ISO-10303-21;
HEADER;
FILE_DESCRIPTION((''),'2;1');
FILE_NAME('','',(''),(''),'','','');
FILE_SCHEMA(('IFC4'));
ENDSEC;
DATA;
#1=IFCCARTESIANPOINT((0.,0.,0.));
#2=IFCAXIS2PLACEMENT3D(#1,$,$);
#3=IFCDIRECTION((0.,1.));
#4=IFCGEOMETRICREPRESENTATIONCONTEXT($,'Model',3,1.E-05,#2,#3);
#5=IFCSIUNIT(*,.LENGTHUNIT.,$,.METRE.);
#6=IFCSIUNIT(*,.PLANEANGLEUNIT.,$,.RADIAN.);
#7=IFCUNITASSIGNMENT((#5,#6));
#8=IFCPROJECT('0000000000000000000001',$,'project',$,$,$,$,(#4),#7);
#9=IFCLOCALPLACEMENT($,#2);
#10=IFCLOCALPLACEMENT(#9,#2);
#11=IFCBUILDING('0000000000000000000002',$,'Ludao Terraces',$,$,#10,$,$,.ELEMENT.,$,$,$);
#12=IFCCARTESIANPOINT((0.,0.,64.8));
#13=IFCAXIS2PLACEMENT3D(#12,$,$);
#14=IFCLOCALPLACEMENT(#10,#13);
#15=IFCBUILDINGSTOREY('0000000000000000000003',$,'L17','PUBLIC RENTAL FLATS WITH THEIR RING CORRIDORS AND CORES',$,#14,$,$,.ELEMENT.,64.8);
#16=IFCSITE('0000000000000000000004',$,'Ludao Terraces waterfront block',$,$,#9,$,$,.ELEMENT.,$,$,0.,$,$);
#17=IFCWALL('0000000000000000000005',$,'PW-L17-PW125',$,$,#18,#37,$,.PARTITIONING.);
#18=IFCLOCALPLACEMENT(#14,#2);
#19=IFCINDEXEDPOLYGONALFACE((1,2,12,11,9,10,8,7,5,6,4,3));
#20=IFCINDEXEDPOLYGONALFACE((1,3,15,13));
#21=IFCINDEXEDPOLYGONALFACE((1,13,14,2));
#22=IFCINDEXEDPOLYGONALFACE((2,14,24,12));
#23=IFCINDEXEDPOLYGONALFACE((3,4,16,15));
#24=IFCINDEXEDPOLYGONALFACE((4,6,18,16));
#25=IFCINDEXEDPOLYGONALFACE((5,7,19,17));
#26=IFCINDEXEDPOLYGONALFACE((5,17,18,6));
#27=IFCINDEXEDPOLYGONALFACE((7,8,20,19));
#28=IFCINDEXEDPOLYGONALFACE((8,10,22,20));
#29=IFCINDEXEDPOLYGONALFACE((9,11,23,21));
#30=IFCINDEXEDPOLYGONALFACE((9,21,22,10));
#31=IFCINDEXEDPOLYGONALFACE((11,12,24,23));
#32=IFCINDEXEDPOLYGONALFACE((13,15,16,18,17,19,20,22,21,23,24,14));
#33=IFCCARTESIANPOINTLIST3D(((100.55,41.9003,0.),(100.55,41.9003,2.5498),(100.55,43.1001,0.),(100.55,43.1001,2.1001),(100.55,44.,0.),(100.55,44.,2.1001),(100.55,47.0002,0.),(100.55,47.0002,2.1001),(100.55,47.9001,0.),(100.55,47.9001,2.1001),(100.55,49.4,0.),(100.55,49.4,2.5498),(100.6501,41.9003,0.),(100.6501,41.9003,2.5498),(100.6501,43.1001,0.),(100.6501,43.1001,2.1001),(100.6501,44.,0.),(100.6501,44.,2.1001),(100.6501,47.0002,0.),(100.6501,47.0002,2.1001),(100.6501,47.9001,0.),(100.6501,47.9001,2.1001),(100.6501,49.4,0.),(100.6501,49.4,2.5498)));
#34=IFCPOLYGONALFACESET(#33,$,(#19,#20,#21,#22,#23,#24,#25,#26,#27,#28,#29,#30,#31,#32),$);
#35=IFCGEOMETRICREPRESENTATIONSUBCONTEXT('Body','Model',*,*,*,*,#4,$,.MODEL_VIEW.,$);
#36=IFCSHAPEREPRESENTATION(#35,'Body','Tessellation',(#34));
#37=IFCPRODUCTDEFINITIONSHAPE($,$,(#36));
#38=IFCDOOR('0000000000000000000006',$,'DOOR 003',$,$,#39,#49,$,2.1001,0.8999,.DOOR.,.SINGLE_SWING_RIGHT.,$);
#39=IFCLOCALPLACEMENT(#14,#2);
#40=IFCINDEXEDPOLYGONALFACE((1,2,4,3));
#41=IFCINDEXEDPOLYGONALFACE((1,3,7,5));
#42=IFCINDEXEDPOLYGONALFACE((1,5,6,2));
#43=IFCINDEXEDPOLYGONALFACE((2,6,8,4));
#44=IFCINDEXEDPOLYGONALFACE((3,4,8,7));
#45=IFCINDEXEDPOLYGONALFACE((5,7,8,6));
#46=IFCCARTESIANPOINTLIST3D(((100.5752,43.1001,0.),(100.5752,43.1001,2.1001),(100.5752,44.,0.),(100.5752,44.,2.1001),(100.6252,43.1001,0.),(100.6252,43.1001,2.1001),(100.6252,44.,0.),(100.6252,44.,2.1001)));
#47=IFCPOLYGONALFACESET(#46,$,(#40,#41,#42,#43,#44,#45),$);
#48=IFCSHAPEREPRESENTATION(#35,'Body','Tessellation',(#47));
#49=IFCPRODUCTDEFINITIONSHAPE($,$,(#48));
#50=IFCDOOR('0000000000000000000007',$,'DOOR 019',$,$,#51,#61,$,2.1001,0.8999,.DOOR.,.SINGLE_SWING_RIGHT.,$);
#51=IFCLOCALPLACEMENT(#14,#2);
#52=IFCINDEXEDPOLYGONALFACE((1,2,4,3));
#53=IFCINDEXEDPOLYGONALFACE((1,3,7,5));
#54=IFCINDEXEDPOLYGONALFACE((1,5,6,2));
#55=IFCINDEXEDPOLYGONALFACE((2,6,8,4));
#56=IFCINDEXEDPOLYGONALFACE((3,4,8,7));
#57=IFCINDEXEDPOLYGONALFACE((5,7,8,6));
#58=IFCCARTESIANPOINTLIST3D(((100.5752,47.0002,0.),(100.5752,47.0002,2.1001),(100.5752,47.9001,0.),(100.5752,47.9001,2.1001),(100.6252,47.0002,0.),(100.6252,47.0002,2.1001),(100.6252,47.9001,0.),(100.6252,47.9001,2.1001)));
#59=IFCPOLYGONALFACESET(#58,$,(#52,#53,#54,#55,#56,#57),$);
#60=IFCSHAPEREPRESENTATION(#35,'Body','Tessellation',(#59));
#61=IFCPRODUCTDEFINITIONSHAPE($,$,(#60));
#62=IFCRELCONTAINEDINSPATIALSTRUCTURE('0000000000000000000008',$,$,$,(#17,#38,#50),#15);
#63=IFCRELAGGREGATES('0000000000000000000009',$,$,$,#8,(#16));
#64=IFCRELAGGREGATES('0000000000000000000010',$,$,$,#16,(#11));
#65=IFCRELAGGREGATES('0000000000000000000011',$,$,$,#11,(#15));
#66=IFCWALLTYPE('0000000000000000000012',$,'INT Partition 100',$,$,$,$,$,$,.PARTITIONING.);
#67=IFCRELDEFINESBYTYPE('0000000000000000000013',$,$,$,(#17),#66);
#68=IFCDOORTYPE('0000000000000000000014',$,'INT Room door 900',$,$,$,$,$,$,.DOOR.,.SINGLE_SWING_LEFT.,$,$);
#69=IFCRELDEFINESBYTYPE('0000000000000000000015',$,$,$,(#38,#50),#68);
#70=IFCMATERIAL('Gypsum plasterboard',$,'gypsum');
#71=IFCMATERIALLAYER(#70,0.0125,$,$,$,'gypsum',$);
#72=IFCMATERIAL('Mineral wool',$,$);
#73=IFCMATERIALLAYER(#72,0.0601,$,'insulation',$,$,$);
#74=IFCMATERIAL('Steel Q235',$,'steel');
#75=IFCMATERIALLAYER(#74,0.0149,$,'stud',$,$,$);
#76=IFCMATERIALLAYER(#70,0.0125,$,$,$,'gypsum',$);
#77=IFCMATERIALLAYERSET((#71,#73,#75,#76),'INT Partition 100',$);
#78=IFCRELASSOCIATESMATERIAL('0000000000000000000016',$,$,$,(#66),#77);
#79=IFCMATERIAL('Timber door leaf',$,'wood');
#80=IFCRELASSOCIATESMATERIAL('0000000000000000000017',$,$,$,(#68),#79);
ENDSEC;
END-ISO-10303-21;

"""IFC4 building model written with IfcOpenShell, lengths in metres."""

from ifc_helpers import new_model, si_unit, direction, frame, frame_2d, origin, place, context, subcontext, project, spatial, rectangle, extrude, material, layer, layer_set, type_object, element, fill, save


model = new_model("IFC4")

# Units and contexts
model_context = context("Model", 3, precision=1e-05, world=origin(), true_north=direction((0.0, 1.0)))
body_context = subcontext(model_context, "Body", "Model", "MODEL_VIEW")
ifc_project = project(units=[si_unit("LENGTHUNIT", "METRE"), si_unit("PLANEANGLEUNIT", "RADIAN")], contexts=[model_context])

# Site, building, storey
site_placement = place(None, origin())
site = spatial("IfcSite", under=ifc_project, at=site_placement, Name="Ludao Terraces waterfront block", CompositionType="ELEMENT", RefElevation=0.0)
building_placement = place(site_placement, origin())
building = spatial("IfcBuilding", under=site, at=building_placement, Name="Ludao Terraces", CompositionType="ELEMENT")
storey_placement = place(building_placement, frame((0.0, 0.0, 64.8)))
storey = spatial("IfcBuildingStorey", under=building, at=storey_placement, Name="L17", Description="PUBLIC RENTAL FLATS WITH THEIR RING CORRIDORS AND CORES", CompositionType="ELEMENT", Elevation=64.8)

# Shared definitions
ifc_material_1 = material(Name="Gypsum plasterboard", Category="gypsum")
ifc_layer_1 = layer(ifc_material_1, 0.0125, Category="gypsum")
ifc_material_2 = material(Name="Mineral wool")
ifc_layer_2 = layer(ifc_material_2, 0.0601, Name="insulation")
ifc_material_3 = material(Name="Steel Q235", Category="steel")
ifc_layer_3 = layer(ifc_material_3, 0.0149, Name="stud")
ifc_layer_4 = layer(ifc_material_1, 0.0125, Category="gypsum")
ifc_layer_set = layer_set([ifc_layer_1, ifc_layer_2, ifc_layer_3, ifc_layer_4], Name="INT Partition 100")
wall_type = type_object("IfcWallType", Name="INT Partition 100", PredefinedType="PARTITIONING", material=ifc_layer_set)

# Wall, openings, doors
ifc_material_4 = material(Name="Timber door leaf", Category="wood")
wall_1_placement = place(storey_placement, frame((100.6001, 41.9001, 0.0), z_axis=(0.0, 0.0, 1.0), x_axis=(0.0, 1.0, 0.0)))
wall_1 = element("IfcWall", 1, at=wall_1_placement, inside=storey, type_object=wall_type, Name="PW-L17-PW125", PredefinedType="PARTITIONING", context=body_context, shape_type="SweptSolid", body=[
    extrude(rectangle(XDim=7.4998, YDim=0.1001, at=frame_2d((3.75, 0.0))), origin(), (0.0, 0.0, 1.0), 2.5498),
])
opening_1_placement = place(wall_1_placement, frame((1.2, 0.0, 0.0)))
opening_1 = element("IfcOpeningElement", 2, at=opening_1_placement, cuts=wall_1, PredefinedType="OPENING", context=body_context, shape_type="SweptSolid", body=[
    extrude(rectangle(XDim=0.8999, YDim=2.1001, at=frame_2d((0.45, 1.05))), frame((0.0, 0.0601, 0.0), z_axis=(0.0, -1.0, 0.0), x_axis=(1.0, 0.0, 0.0)), (0.0, 0.0, 1.0), 0.1201),
])
opening_2_placement = place(wall_1_placement, frame((5.1001, 0.0, 0.0)))
opening_2 = element("IfcOpeningElement", 3, at=opening_2_placement, cuts=wall_1, PredefinedType="OPENING", context=body_context, shape_type="SweptSolid", body=[
    extrude(rectangle(XDim=0.8999, YDim=2.1001, at=frame_2d((0.45, 1.05))), frame((0.0, 0.0601, 0.0), z_axis=(0.0, -1.0, 0.0), x_axis=(1.0, 0.0, 0.0)), (0.0, 0.0, 1.0), 0.1201),
])
door_type_1 = type_object("IfcDoorType", Name="INT Room door 900", OperationType="SINGLE_SWING_LEFT", PredefinedType="DOOR", material=ifc_material_4)
door_1_placement = place(opening_1_placement, origin())
door_1 = element("IfcDoor", 4, at=door_1_placement, inside=storey, type_object=door_type_1, Name="DOOR 003", OperationType="SINGLE_SWING_RIGHT", OverallHeight=2.1001, OverallWidth=0.8999, PredefinedType="DOOR", context=body_context, shape_type="SweptSolid", body=[
    extrude(rectangle(XDim=0.8999, YDim=2.1001, at=frame_2d((0.45, 1.05))), frame((0.0, 0.0249, 0.0), z_axis=(0.0, -1.0, 0.0), x_axis=(1.0, 0.0, 0.0)), (0.0, 0.0, 1.0), 0.05),
])
fill(opening_1, door_1)
door_2_placement = place(opening_2_placement, origin())
door_2 = element("IfcDoor", 5, at=door_2_placement, inside=storey, type_object=door_type_1, Name="DOOR 019", OperationType="SINGLE_SWING_RIGHT", OverallHeight=2.1001, OverallWidth=0.8999, PredefinedType="DOOR", context=body_context, shape_type="SweptSolid", body=[
    extrude(rectangle(XDim=0.8999, YDim=2.1001, at=frame_2d((0.45, 1.05))), frame((0.0, 0.0249, 0.0), z_axis=(0.0, -1.0, 0.0), x_axis=(1.0, 0.0, 0.0)), (0.0, 0.0, 1.0), 0.05),
])
fill(opening_2, door_2)

save(model, "model.ifc")
